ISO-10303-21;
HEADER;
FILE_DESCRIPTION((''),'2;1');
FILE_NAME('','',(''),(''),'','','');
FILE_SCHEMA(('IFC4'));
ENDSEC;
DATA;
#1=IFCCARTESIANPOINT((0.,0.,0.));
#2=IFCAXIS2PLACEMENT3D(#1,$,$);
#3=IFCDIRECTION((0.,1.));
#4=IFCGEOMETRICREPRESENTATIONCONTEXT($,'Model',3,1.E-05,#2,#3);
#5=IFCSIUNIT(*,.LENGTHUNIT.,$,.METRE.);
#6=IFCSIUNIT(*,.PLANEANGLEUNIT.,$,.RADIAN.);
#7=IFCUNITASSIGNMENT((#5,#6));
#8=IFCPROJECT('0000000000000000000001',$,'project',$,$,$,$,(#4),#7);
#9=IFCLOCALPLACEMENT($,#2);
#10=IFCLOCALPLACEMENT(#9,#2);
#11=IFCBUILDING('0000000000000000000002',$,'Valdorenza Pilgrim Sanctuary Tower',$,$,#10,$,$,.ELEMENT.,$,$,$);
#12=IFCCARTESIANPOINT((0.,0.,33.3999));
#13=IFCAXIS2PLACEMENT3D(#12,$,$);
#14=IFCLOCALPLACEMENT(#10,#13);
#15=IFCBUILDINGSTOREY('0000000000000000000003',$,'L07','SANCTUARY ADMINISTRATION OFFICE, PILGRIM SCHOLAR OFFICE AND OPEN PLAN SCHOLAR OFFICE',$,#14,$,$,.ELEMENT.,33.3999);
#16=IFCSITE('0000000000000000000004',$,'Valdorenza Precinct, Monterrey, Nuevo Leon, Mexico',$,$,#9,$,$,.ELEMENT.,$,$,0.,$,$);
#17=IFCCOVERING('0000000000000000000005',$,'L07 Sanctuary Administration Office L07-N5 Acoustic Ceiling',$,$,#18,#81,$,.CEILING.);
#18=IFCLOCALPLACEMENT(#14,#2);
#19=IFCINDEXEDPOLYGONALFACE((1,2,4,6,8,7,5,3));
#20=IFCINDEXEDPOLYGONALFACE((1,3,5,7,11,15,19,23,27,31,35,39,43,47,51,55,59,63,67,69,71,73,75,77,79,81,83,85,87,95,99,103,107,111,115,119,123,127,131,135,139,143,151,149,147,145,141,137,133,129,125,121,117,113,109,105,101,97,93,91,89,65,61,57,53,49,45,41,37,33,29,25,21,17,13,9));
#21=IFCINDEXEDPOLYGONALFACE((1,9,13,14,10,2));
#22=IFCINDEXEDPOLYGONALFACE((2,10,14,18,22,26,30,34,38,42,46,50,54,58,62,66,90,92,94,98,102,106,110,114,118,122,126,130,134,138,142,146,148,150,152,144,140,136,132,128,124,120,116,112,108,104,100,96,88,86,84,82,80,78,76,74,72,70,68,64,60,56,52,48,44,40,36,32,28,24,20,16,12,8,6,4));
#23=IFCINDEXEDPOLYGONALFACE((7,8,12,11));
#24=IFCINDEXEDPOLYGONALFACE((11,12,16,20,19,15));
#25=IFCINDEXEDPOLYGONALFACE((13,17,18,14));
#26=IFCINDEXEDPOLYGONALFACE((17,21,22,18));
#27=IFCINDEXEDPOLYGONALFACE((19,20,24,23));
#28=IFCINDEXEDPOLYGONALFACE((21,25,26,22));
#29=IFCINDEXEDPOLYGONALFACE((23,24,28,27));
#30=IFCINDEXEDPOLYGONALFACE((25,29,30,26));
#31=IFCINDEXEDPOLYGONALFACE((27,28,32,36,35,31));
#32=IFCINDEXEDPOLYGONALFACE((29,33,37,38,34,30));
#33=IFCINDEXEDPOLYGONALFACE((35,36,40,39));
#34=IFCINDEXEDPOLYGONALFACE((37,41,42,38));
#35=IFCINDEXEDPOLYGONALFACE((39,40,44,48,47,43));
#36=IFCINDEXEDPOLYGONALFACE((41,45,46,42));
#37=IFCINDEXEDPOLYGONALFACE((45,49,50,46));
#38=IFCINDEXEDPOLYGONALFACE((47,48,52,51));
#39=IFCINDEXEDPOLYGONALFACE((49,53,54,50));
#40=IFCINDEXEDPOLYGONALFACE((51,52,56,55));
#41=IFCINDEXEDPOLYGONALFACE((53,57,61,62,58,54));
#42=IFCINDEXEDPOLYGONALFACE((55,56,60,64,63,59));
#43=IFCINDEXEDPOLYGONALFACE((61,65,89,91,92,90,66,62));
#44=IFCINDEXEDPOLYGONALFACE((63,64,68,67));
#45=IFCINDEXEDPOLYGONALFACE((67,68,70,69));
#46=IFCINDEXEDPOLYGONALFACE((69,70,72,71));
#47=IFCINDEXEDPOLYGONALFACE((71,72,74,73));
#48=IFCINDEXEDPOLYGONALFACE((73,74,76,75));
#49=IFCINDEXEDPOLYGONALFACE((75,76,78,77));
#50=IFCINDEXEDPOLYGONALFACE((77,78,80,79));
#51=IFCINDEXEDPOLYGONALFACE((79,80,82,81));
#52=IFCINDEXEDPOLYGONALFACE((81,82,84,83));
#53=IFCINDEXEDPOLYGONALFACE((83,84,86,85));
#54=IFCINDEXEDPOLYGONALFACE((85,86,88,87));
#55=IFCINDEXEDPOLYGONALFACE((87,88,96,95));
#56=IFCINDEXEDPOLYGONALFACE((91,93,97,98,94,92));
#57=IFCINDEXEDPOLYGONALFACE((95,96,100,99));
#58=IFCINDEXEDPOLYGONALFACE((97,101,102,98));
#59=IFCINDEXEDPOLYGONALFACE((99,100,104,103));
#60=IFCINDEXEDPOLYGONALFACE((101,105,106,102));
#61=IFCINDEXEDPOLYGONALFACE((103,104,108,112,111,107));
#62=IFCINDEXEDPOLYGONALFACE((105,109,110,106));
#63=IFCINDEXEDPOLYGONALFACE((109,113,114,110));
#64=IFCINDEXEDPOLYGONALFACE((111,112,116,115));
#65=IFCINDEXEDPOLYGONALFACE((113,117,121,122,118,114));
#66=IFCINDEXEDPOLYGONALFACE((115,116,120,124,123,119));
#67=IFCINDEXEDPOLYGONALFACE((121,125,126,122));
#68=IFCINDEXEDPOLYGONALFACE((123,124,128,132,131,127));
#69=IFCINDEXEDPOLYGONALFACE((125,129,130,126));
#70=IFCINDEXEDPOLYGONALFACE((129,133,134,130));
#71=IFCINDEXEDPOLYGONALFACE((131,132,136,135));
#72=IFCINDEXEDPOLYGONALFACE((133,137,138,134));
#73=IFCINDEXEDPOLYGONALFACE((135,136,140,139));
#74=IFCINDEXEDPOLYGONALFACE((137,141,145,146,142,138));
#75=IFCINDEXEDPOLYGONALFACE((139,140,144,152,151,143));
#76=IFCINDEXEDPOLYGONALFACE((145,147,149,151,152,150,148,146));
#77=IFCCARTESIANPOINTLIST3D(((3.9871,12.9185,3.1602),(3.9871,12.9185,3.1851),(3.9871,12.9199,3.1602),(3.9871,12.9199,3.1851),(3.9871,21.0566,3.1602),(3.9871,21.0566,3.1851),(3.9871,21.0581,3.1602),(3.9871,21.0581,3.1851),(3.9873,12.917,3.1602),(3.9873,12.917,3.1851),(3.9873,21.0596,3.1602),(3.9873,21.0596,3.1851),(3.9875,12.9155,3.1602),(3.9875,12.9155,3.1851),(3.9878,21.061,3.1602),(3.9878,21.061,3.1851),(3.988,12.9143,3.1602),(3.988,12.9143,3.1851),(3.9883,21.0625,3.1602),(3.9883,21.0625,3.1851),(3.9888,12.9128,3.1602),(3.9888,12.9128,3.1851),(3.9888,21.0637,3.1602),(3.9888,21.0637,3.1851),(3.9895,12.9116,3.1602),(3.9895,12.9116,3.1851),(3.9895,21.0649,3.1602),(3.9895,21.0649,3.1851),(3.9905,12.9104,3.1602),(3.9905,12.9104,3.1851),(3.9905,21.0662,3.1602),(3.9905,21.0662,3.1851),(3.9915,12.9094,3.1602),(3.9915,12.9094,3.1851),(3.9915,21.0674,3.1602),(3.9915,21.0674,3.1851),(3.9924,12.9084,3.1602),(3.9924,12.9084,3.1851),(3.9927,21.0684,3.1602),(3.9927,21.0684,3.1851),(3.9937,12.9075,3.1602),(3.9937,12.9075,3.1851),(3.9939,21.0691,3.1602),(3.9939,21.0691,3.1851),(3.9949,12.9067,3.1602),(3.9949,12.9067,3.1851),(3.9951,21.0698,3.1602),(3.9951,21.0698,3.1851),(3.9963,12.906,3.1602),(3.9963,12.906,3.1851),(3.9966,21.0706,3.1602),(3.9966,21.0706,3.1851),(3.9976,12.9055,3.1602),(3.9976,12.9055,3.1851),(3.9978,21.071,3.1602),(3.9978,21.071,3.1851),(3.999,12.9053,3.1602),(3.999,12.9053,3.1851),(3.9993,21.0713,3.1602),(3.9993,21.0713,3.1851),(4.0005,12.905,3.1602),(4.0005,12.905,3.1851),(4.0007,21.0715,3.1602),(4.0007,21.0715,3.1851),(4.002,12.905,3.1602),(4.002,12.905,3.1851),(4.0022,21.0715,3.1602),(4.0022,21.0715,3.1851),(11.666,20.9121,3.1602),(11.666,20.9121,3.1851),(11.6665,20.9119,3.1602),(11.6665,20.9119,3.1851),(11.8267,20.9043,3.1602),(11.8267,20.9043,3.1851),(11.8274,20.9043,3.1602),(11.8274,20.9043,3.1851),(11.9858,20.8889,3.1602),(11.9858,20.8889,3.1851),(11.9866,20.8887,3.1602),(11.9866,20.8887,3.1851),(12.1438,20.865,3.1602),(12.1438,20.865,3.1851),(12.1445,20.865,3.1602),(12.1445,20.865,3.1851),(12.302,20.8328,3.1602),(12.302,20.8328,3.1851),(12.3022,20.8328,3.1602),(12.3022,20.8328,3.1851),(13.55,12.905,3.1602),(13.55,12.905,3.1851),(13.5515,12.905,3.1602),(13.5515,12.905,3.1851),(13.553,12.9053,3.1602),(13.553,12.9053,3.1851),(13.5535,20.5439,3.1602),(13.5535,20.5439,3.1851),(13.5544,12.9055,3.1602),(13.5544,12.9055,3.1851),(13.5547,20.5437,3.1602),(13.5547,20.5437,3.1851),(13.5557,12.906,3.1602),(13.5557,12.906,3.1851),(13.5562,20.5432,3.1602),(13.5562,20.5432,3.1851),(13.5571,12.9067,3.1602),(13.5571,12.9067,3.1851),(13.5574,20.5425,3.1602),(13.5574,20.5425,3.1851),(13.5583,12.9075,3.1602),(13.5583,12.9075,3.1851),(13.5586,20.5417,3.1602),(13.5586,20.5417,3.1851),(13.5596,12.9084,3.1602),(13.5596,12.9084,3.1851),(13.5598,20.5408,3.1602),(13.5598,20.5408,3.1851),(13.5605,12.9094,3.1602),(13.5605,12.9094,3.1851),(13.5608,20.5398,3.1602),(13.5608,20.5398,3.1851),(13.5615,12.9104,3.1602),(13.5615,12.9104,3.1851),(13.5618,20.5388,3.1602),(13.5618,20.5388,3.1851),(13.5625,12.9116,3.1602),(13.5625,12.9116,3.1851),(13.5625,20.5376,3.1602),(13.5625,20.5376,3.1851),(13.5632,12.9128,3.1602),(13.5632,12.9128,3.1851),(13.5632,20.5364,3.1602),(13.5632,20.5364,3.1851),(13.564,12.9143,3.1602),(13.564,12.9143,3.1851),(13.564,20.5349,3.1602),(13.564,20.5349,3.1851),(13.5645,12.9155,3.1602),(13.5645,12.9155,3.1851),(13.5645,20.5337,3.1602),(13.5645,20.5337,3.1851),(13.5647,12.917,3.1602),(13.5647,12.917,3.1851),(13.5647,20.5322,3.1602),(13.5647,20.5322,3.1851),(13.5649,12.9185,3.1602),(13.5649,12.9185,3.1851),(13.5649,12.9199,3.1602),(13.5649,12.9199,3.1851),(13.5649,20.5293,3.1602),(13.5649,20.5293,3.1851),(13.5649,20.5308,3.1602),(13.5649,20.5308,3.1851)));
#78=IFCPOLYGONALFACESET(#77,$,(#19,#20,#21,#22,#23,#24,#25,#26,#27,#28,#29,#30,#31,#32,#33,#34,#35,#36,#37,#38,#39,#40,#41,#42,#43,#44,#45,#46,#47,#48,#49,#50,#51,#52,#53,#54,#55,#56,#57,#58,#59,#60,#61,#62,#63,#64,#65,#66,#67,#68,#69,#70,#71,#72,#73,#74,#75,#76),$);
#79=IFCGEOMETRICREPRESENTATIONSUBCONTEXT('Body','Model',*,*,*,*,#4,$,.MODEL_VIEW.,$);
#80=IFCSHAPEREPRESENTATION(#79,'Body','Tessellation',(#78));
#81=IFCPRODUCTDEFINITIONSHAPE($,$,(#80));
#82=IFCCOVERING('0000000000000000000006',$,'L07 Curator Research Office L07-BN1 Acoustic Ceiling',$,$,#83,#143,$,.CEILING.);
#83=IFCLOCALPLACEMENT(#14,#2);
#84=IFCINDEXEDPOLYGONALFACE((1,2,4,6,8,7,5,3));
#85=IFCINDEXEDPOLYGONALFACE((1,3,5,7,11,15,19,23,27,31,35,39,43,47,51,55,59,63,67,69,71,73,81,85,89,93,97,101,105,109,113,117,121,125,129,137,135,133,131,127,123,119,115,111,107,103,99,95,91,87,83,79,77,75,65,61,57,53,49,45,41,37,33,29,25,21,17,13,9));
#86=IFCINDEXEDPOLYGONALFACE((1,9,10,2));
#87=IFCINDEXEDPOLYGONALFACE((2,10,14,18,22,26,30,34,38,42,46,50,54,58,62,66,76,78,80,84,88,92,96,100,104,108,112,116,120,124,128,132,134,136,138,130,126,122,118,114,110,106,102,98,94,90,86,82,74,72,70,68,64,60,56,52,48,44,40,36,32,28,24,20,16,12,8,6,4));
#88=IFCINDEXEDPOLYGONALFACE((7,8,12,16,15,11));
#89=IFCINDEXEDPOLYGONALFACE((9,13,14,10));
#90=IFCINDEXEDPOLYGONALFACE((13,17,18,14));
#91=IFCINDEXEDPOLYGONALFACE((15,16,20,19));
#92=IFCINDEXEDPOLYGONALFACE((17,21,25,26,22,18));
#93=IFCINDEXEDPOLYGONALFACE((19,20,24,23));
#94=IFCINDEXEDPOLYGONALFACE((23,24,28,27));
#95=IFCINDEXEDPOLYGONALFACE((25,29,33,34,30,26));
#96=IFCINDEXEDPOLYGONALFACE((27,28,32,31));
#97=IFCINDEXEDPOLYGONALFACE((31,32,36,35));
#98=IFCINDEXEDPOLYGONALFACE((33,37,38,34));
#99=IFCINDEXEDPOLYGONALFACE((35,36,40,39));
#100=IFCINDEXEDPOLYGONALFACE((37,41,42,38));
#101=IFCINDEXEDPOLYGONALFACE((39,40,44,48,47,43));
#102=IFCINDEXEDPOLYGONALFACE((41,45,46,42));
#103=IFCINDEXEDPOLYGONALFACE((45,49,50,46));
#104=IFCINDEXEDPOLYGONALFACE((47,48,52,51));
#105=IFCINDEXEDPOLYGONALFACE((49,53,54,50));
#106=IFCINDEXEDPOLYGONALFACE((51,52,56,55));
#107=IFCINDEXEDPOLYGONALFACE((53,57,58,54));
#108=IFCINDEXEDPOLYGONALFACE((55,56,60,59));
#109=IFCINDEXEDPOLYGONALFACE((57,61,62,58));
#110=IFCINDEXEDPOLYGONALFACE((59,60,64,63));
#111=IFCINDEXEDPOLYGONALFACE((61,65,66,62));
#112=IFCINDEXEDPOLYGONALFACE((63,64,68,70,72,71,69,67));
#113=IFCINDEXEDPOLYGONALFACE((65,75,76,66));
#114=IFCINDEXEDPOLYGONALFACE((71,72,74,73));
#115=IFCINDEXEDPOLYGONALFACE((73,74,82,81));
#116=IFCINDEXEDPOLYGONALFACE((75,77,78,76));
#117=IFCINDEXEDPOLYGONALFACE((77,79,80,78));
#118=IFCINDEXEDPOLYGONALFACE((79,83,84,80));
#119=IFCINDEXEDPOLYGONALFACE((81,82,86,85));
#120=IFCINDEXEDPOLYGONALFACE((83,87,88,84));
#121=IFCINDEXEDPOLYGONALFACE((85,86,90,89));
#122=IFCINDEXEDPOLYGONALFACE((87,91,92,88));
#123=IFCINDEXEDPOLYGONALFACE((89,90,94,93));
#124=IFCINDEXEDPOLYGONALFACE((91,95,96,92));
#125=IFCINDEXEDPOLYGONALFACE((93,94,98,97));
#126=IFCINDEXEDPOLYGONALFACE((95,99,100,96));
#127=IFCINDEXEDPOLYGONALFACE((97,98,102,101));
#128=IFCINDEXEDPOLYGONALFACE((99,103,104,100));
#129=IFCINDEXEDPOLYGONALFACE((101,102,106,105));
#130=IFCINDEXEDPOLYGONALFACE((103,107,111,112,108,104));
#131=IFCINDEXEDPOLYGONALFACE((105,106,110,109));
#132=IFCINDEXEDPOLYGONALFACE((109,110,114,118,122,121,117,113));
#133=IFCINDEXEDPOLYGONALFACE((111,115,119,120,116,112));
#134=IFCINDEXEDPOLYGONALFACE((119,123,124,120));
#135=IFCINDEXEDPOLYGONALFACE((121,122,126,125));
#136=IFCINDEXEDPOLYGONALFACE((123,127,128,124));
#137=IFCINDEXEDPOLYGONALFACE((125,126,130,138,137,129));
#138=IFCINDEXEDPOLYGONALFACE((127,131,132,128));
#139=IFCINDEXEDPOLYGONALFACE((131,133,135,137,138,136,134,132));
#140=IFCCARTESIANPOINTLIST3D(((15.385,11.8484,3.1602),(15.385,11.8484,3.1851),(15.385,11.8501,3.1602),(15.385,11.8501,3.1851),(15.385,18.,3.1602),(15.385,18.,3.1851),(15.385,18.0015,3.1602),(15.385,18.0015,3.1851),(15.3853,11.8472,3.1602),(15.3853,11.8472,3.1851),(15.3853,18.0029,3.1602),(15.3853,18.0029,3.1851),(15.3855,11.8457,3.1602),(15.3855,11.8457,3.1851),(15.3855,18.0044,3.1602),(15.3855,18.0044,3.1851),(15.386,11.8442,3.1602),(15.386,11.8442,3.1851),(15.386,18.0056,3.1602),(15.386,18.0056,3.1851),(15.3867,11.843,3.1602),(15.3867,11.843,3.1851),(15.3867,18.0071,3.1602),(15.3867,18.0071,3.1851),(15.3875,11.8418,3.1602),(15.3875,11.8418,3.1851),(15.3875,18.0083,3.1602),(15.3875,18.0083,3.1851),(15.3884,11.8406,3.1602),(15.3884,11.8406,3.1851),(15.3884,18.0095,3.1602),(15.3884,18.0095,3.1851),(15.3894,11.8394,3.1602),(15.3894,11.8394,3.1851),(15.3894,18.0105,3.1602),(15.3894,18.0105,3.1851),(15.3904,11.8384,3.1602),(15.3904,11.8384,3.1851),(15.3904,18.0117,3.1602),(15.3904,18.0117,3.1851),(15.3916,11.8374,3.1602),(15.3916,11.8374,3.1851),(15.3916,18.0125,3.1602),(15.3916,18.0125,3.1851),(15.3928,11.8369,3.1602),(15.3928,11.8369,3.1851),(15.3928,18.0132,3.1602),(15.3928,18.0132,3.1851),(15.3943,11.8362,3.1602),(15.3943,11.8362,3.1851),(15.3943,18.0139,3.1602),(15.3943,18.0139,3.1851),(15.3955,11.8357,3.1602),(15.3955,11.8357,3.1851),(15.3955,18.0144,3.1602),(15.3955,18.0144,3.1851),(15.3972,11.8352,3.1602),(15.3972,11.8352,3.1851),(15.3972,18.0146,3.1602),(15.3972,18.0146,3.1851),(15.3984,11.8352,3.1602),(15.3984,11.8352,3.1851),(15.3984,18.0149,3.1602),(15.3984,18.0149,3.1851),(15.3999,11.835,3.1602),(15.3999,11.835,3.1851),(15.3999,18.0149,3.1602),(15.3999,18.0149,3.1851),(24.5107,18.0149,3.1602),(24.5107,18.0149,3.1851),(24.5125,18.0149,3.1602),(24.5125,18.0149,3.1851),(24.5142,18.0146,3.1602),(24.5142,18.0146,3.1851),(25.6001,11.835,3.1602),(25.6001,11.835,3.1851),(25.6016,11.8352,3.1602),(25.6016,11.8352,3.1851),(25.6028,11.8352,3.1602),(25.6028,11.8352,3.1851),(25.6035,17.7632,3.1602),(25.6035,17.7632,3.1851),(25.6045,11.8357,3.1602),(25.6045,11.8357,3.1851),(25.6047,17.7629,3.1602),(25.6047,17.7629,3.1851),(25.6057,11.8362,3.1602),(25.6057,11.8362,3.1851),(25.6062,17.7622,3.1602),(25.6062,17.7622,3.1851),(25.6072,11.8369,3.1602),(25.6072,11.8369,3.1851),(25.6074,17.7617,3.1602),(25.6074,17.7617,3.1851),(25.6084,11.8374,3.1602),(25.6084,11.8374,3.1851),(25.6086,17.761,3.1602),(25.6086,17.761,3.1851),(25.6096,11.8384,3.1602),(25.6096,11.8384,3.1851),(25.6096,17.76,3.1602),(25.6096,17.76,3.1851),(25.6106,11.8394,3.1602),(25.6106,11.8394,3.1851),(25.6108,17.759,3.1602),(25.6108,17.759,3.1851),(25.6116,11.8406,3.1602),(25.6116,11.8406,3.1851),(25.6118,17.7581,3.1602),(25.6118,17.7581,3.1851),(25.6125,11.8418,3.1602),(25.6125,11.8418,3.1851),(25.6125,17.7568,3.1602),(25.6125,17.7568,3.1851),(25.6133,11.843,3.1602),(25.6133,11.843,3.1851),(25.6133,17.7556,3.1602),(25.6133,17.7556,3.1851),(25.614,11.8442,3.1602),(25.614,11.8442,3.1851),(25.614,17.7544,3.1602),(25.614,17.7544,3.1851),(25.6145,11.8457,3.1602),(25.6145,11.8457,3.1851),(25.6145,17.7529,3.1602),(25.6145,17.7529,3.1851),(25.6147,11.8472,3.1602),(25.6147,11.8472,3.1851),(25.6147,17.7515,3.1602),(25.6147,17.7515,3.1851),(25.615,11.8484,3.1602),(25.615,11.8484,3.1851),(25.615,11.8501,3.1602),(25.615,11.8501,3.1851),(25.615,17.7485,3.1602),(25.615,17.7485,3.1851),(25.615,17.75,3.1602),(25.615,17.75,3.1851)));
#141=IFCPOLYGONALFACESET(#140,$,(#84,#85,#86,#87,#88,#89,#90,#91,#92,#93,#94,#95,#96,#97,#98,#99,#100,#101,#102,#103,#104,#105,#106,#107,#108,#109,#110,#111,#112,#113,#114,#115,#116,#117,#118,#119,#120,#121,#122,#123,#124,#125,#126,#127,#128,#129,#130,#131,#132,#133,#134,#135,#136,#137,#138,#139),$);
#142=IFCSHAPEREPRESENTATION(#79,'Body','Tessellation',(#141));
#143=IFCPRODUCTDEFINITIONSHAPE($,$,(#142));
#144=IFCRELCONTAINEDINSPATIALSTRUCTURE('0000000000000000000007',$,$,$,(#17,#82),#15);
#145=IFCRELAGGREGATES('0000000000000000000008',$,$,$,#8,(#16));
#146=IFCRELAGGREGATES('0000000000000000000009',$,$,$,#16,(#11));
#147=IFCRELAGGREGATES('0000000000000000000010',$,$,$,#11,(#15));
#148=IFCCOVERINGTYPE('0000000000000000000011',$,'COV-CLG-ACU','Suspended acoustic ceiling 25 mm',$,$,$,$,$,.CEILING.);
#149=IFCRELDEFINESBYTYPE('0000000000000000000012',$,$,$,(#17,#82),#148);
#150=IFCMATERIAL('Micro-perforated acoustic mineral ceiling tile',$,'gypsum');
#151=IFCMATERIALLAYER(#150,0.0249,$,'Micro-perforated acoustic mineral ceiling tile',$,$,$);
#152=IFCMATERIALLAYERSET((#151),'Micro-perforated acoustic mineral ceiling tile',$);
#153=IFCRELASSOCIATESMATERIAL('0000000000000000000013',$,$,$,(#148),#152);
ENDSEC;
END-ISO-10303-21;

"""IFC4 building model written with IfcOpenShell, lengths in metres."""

from ifc_helpers import new_model, si_unit, direction, frame, origin, place, context, subcontext, project, spatial, polyline, outline, extrude, material, layer, layer_set, type_object, element, save


model = new_model("IFC4")

# Units and contexts
model_context = context("Model", 3, precision=1e-05, world=origin(), true_north=direction((0.0, 1.0)))
body_context = subcontext(model_context, "Body", "Model", "MODEL_VIEW")
ifc_project = project(units=[si_unit("LENGTHUNIT", "METRE"), si_unit("PLANEANGLEUNIT", "RADIAN")], contexts=[model_context])

# Site, building, storey
site_placement = place(None, origin())
site = spatial("IfcSite", under=ifc_project, at=site_placement, Name="Valdorenza Precinct, Monterrey, Nuevo Leon, Mexico", CompositionType="ELEMENT", RefElevation=0.0)
building_placement = place(site_placement, origin())
building = spatial("IfcBuilding", under=site, at=building_placement, Name="Valdorenza Pilgrim Sanctuary Tower", CompositionType="ELEMENT")
storey_placement = place(building_placement, frame((0.0, 0.0, 33.3999)))
storey = spatial("IfcBuildingStorey", under=building, at=storey_placement, Name="L07", Description="SANCTUARY ADMINISTRATION OFFICE, PILGRIM SCHOLAR OFFICE AND OPEN PLAN SCHOLAR OFFICE", CompositionType="ELEMENT", Elevation=33.3999)

# Coverings
ifc_material_1 = material(Name="Micro-perforated acoustic mineral ceiling tile", Category="gypsum")
ifc_layer_1 = layer(ifc_material_1, 0.0249, Name="Micro-perforated acoustic mineral ceiling tile")
ifc_layer_set_1 = layer_set([ifc_layer_1], Name="Micro-perforated acoustic mineral ceiling tile")
covering_type_1 = type_object("IfcCoveringType", Name="COV-CLG-ACU", Description="Suspended acoustic ceiling 25 mm", PredefinedType="CEILING", material=ifc_layer_set_1)
covering_1_placement = place(storey_placement, frame((0.0, 0.0, 3.1602)))
element("IfcCovering", 1, at=covering_1_placement, inside=storey, type_object=covering_type_1, Name="L07 Sanctuary Administration Office L07-N5 Acoustic Ceiling", PredefinedType="CEILING", context=body_context, shape_type="SweptSolid", body=[
    extrude(outline(polyline([(4.002, 12.905), (4.0005, 12.905), (3.999, 12.9053), (3.9976, 12.9055), (3.9963, 12.906), (3.9949, 12.9067), (3.9937, 12.9075), (3.9924, 12.9084), (3.9915, 12.9094), (3.9905, 12.9104), (3.9895, 12.9116), (3.9888, 12.9128), (3.988, 12.9143), (3.9875, 12.9155), (3.9873, 12.917), (3.9871, 12.9185), (3.9871, 12.9199), (3.9871, 21.0566), (3.9871, 21.0581), (3.9873, 21.0596), (3.9878, 21.061), (3.9883, 21.0625), (3.9888, 21.0637), (3.9895, 21.0649), (3.9905, 21.0662), (3.9915, 21.0674), (3.9927, 21.0684), (3.9939, 21.0691), (3.9951, 21.0698), (3.9966, 21.0706), (3.9978, 21.071), (3.9993, 21.0713), (4.0007, 21.0715), (4.0022, 21.0715), (11.666, 20.9121), (11.6665, 20.9119), (11.8267, 20.9043), (11.8274, 20.9043), (11.9858, 20.8889), (11.9866, 20.8887), (12.1438, 20.865), (12.1445, 20.865), (12.302, 20.8328), (12.3022, 20.8328), (13.5535, 20.5439), (13.5547, 20.5437), (13.5562, 20.5432), (13.5574, 20.5425), (13.5586, 20.5417), (13.5598, 20.5408), (13.5608, 20.5398), (13.5618, 20.5388), (13.5625, 20.5376), (13.5632, 20.5364), (13.564, 20.5349), (13.5645, 20.5337), (13.5647, 20.5322), (13.5649, 20.5308), (13.5649, 20.5293), (13.5649, 12.9199), (13.5649, 12.9185), (13.5647, 12.917), (13.5645, 12.9155), (13.564, 12.9143), (13.5632, 12.9128), (13.5625, 12.9116), (13.5615, 12.9104), (13.5605, 12.9094), (13.5596, 12.9084), (13.5583, 12.9075), (13.5571, 12.9067), (13.5557, 12.906), (13.5544, 12.9055), (13.553, 12.9053), (13.5515, 12.905), (13.55, 12.905), (4.002, 12.905)])), origin(), (0.0, 0.0, 1.0), 0.0249),
])
covering_2_placement = place(storey_placement, frame((0.0, 0.0, 3.1602)))
element("IfcCovering", 2, at=covering_2_placement, inside=storey, type_object=covering_type_1, Name="L07 Curator Research Office L07-BN1 Acoustic Ceiling", PredefinedType="CEILING", context=body_context, shape_type="SweptSolid", body=[
    extrude(outline(polyline([(15.3999, 11.835), (15.3984, 11.8352), (15.3972, 11.8352), (15.3955, 11.8357), (15.3943, 11.8362), (15.3928, 11.8369), (15.3916, 11.8374), (15.3904, 11.8384), (15.3894, 11.8394), (15.3884, 11.8406), (15.3875, 11.8418), (15.3867, 11.843), (15.386, 11.8442), (15.3855, 11.8457), (15.3853, 11.8472), (15.385, 11.8484), (15.385, 11.8501), (15.385, 18.0), (15.385, 18.0015), (15.3853, 18.0029), (15.3855, 18.0044), (15.386, 18.0056), (15.3867, 18.0071), (15.3875, 18.0083), (15.3884, 18.0095), (15.3894, 18.0105), (15.3904, 18.0117), (15.3916, 18.0125), (15.3928, 18.0132), (15.3943, 18.0139), (15.3955, 18.0144), (15.3972, 18.0146), (15.3984, 18.0149), (15.3999, 18.0149), (24.5107, 18.0149), (24.5125, 18.0149), (24.5142, 18.0146), (25.6035, 17.7632), (25.6047, 17.7629), (25.6062, 17.7622), (25.6074, 17.7617), (25.6086, 17.761), (25.6096, 17.76), (25.6108, 17.759), (25.6118, 17.7581), (25.6125, 17.7568), (25.6133, 17.7556), (25.614, 17.7544), (25.6145, 17.7529), (25.6147, 17.7515), (25.615, 17.75), (25.615, 17.7485), (25.615, 11.8501), (25.615, 11.8484), (25.6147, 11.8472), (25.6145, 11.8457), (25.614, 11.8442), (25.6133, 11.843), (25.6125, 11.8418), (25.6116, 11.8406), (25.6106, 11.8394), (25.6096, 11.8384), (25.6084, 11.8374), (25.6072, 11.8369), (25.6057, 11.8362), (25.6045, 11.8357), (25.6028, 11.8352), (25.6016, 11.8352), (25.6001, 11.835), (15.3999, 11.835)])), origin(), (0.0, 0.0, 1.0), 0.0249),
])

save(model, "model.ifc")
